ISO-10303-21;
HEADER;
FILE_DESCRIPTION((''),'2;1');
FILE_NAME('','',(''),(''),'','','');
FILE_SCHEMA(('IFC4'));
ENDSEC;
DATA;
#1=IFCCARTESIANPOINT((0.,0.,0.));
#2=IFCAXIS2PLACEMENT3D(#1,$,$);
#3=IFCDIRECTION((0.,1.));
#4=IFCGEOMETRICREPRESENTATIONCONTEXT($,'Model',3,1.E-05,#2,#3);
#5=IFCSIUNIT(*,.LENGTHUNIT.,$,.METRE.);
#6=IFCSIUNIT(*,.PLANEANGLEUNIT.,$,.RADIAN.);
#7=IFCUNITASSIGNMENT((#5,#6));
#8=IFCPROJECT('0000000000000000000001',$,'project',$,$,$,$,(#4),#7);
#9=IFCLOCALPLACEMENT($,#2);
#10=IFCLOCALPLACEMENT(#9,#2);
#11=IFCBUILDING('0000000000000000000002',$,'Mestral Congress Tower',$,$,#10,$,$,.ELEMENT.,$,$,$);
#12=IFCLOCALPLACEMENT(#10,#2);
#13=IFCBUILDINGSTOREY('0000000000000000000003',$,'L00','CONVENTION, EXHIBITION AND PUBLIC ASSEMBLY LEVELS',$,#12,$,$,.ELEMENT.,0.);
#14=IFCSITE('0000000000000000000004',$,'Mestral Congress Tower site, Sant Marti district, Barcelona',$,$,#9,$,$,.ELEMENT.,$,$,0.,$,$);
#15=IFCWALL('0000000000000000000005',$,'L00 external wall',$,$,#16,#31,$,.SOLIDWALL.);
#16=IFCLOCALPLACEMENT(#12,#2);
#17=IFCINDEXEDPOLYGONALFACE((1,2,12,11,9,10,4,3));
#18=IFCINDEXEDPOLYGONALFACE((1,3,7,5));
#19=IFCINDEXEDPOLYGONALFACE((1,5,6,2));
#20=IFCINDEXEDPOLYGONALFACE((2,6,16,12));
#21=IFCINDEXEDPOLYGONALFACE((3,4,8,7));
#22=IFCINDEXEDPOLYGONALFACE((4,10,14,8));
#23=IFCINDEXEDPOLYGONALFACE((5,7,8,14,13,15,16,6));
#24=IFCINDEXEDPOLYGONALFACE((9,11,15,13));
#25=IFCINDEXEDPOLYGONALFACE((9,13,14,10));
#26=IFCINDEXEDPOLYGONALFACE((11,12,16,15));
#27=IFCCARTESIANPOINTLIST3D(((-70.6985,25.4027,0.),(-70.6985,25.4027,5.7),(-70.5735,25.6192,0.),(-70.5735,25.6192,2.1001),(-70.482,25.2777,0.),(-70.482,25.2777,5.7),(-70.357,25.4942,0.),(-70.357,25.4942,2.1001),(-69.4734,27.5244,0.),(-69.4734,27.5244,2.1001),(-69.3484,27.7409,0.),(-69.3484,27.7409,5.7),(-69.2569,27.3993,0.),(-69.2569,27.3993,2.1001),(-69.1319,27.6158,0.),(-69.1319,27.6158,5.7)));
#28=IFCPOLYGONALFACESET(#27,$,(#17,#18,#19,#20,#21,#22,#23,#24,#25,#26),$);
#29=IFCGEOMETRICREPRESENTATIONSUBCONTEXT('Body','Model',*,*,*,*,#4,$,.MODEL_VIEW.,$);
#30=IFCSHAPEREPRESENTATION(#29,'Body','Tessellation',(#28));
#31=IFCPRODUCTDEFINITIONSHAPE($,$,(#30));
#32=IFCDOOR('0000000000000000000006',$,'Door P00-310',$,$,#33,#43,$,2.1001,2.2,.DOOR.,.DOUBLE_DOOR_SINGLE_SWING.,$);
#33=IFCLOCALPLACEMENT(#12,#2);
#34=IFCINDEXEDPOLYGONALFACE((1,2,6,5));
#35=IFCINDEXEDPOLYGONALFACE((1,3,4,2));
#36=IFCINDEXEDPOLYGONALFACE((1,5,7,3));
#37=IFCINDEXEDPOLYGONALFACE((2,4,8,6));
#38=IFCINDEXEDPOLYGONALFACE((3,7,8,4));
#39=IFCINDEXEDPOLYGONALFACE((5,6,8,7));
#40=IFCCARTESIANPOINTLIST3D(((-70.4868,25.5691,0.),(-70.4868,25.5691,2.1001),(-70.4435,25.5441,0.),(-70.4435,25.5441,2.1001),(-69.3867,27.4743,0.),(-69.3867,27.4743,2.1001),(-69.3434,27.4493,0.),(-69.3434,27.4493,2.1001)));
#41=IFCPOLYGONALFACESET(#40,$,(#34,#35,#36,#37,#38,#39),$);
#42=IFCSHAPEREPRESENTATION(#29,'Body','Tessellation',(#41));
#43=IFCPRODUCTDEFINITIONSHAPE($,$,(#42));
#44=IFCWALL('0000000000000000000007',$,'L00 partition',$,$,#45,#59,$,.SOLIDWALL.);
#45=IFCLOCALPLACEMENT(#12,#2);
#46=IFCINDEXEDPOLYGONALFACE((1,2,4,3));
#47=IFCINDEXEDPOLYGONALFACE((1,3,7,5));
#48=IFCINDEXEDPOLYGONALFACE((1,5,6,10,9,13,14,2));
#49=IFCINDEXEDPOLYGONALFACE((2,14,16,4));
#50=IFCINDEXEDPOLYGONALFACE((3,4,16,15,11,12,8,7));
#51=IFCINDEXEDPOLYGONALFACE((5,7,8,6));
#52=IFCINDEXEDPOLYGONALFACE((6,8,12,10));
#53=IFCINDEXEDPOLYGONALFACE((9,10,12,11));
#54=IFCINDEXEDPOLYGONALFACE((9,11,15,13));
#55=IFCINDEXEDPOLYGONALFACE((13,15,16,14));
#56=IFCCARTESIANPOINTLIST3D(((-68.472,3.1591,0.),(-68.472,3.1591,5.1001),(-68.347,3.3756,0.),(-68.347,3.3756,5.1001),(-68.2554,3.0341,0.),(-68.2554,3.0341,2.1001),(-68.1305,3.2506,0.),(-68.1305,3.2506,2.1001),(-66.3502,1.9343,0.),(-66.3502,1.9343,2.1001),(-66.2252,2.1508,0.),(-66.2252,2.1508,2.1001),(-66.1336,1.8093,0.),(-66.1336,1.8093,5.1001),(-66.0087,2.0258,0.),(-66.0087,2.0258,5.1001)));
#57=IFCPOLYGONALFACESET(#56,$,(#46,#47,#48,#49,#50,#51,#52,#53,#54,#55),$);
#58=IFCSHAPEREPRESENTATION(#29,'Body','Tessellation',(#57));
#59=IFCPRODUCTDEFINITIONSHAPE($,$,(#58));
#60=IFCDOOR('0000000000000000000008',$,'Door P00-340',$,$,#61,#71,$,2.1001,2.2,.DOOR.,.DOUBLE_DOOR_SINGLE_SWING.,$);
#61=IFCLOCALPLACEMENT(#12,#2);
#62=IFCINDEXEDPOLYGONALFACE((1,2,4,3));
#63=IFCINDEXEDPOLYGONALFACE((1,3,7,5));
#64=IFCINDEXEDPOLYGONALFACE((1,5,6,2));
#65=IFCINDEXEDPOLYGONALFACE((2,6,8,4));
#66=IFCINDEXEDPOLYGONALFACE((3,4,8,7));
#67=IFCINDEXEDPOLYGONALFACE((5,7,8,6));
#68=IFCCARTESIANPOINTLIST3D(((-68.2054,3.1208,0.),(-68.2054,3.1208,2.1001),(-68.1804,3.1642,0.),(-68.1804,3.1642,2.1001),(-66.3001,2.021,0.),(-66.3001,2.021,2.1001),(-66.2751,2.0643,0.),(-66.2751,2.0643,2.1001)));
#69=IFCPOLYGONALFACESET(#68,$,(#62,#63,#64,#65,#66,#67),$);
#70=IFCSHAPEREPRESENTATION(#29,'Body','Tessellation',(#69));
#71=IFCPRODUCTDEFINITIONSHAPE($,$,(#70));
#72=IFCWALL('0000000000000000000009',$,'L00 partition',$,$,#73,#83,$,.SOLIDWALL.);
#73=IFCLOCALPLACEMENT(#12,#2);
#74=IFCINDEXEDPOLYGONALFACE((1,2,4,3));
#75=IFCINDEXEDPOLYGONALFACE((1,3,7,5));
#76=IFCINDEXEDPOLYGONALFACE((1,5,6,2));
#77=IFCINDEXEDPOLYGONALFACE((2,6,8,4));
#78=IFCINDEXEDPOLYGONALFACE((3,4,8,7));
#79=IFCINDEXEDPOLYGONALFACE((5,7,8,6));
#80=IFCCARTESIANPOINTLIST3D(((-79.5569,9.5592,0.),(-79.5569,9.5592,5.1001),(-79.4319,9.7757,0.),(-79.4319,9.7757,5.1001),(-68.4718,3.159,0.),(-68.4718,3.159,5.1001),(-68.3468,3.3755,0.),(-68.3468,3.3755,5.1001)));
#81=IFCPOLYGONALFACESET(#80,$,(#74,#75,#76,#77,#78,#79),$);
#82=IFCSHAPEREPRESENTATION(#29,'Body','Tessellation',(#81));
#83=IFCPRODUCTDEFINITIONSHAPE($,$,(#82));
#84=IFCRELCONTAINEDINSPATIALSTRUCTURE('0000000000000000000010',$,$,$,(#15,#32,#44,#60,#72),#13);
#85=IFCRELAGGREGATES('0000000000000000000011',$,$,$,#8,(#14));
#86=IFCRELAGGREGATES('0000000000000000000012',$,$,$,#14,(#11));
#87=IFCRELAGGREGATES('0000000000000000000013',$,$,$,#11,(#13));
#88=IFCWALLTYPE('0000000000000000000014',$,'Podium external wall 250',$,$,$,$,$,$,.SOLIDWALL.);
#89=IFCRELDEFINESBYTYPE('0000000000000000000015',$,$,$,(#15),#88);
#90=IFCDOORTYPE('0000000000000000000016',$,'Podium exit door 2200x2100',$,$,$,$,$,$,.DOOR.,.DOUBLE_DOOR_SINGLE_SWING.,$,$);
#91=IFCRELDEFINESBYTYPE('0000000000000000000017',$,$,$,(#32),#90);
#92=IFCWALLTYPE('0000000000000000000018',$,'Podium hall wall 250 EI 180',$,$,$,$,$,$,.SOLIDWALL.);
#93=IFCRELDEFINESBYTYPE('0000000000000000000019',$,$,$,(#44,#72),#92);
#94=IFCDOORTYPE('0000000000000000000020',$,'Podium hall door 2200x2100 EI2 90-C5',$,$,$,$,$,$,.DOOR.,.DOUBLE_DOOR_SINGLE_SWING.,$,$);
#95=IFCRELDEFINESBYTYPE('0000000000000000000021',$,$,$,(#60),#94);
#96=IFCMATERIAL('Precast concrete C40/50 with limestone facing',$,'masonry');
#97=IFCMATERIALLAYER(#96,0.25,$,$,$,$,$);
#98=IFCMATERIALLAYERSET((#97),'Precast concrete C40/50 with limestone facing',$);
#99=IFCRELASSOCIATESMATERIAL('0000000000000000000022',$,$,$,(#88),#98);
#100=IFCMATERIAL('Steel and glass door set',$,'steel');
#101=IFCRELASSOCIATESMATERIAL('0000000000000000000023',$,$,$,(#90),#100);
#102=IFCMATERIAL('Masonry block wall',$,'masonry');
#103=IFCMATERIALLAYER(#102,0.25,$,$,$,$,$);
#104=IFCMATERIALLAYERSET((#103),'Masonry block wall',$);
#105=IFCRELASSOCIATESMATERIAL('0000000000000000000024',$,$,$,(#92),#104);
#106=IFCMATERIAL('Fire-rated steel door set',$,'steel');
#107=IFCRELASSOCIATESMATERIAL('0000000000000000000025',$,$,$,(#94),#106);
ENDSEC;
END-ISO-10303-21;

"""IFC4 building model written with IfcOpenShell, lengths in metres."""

from ifc_helpers import new_model, si_unit, direction, frame, frame_2d, origin, place, context, subcontext, project, spatial, rectangle, extrude, material, layer, layer_set, type_object, element, fill, save


model = new_model("IFC4")

# Units and contexts
model_context = context("Model", 3, precision=1e-05, world=origin(), true_north=direction((0.0, 1.0)))
body_context = subcontext(model_context, "Body", "Model", "MODEL_VIEW")
ifc_project = project(units=[si_unit("LENGTHUNIT", "METRE"), si_unit("PLANEANGLEUNIT", "RADIAN")], contexts=[model_context])

# Site, building, storey
site_placement = place(None, origin())
site = spatial("IfcSite", under=ifc_project, at=site_placement, Name="Mestral Congress Tower site, Sant Marti district, Barcelona", CompositionType="ELEMENT", RefElevation=0.0)
building_placement = place(site_placement, origin())
building = spatial("IfcBuilding", under=site, at=building_placement, Name="Mestral Congress Tower", CompositionType="ELEMENT")
storey_placement = place(building_placement, origin())
storey = spatial("IfcBuildingStorey", under=building, at=storey_placement, Name="L00", Description="CONVENTION, EXHIBITION AND PUBLIC ASSEMBLY LEVELS", CompositionType="ELEMENT", Elevation=0.0)

# Shared definitions
ifc_material_1 = material(Name="Precast concrete C40/50 with limestone facing", Category="masonry")
ifc_layer_1 = layer(ifc_material_1, 0.25)
ifc_layer_set_1 = layer_set([ifc_layer_1], Name="Precast concrete C40/50 with limestone facing")
wall_type_1 = type_object("IfcWallType", Name="Podium external wall 250", PredefinedType="SOLIDWALL", material=ifc_layer_set_1)

# Shared definitions
ifc_material_2 = material(Name="Steel and glass door set", Category="steel")
door_type_1 = type_object("IfcDoorType", Name="Podium exit door 2200x2100", OperationType="DOUBLE_DOOR_SINGLE_SWING", PredefinedType="DOOR", material=ifc_material_2)

# Walls, openings, doors
wall_1_placement = place(storey_placement, frame((-70.5903, 25.3401, 0.0), z_axis=(0.0, 0.0, 1.0), x_axis=(0.500049, 0.865997, 0.0)))
wall_1 = element("IfcWall", 1, at=wall_1_placement, inside=storey, type_object=wall_type_1, Name="L00 external wall", PredefinedType="SOLIDWALL", context=body_context, shape_type="SweptSolid", body=[
    extrude(rectangle(XDim=2.7, YDim=0.25, at=frame_2d((1.3501, 0.0))), origin(), (0.0, 0.0, 1.0), 5.7),
])
opening_1_placement = place(wall_1_placement, frame((0.25, 0.0, 0.0)))
opening_1 = element("IfcOpeningElement", 2, at=opening_1_placement, cuts=wall_1, PredefinedType="OPENING", context=body_context, shape_type="SweptSolid", body=[
    extrude(rectangle(XDim=2.2, YDim=2.1001, at=frame_2d((1.1001, 1.05))), frame((0.0, 0.135, 0.0), z_axis=(0.0, -1.0, 0.0), x_axis=(1.0, 0.0, 0.0)), (0.0, 0.0, 1.0), 0.27),
])
door_1_placement = place(opening_1_placement, origin())
door_1 = element("IfcDoor", 3, at=door_1_placement, inside=storey, type_object=door_type_1, Name="Door P00-310", OperationType="DOUBLE_DOOR_SINGLE_SWING", OverallHeight=2.1001, OverallWidth=2.2, PredefinedType="DOOR", context=body_context, shape_type="SweptSolid", body=[
    extrude(rectangle(XDim=2.2, YDim=2.1001, at=frame_2d((1.1001, 1.05))), frame((0.0, 0.0249, 0.0), z_axis=(0.0, -1.0, 0.0), x_axis=(1.0, 0.0, 0.0)), (0.0, 0.0, 1.0), 0.05),
])
fill(opening_1, door_1)
ifc_material_3 = material(Name="Masonry block wall", Category="masonry")
ifc_layer_2 = layer(ifc_material_3, 0.25)
ifc_layer_set_2 = layer_set([ifc_layer_2], Name="Masonry block wall")
wall_type_2 = type_object("IfcWallType", Name="Podium hall wall 250 EI 180", PredefinedType="SOLIDWALL", material=ifc_layer_set_2)
wall_2_placement = place(storey_placement, frame((-66.071, 1.9175, 0.0), z_axis=(0.0, 0.0, 1.0), x_axis=(-0.866059, 0.499942, 0.0)))
wall_2 = element("IfcWall", 4, at=wall_2_placement, inside=storey, type_object=wall_type_2, Name="L00 partition", PredefinedType="SOLIDWALL", context=body_context, shape_type="SweptSolid", body=[
    extrude(rectangle(XDim=2.7, YDim=0.25, at=frame_2d((1.3501, 0.0))), origin(), (0.0, 0.0, 1.0), 5.1001),
])
opening_2_placement = place(wall_2_placement, frame((0.25, 0.0, 0.0)))
opening_2 = element("IfcOpeningElement", 5, at=opening_2_placement, cuts=wall_2, PredefinedType="OPENING", context=body_context, shape_type="SweptSolid", body=[
    extrude(rectangle(XDim=2.2, YDim=2.1001, at=frame_2d((1.1001, 1.05))), frame((0.0, 0.135, 0.0), z_axis=(0.0, -1.0, 0.0), x_axis=(1.0, 0.0, 0.0)), (0.0, 0.0, 1.0), 0.27),
])
ifc_material_4 = material(Name="Fire-rated steel door set", Category="steel")
door_type_2 = type_object("IfcDoorType", Name="Podium hall door 2200x2100 EI2 90-C5", OperationType="DOUBLE_DOOR_SINGLE_SWING", PredefinedType="DOOR", material=ifc_material_4)
door_2_placement = place(opening_2_placement, origin())
door_2 = element("IfcDoor", 6, at=door_2_placement, inside=storey, type_object=door_type_2, Name="Door P00-340", OperationType="DOUBLE_DOOR_SINGLE_SWING", OverallHeight=2.1001, OverallWidth=2.2, PredefinedType="DOOR", context=body_context, shape_type="SweptSolid", body=[
    extrude(rectangle(XDim=2.2, YDim=2.1001, at=frame_2d((1.1001, 1.05))), frame((0.0, 0.0249, 0.0), z_axis=(0.0, -1.0, 0.0), x_axis=(1.0, 0.0, 0.0)), (0.0, 0.0, 1.0), 0.05),
])
fill(opening_2, door_2)

# Wall
wall_3_placement = place(storey_placement, frame((-68.4094, 3.2673, 0.0), z_axis=(0.0, 0.0, 1.0), x_axis=(-0.866017, 0.500014, 0.0)))
element("IfcWall", 7, at=wall_3_placement, inside=storey, type_object=wall_type_2, Name="L00 partition", PredefinedType="SOLIDWALL", context=body_context, shape_type="SweptSolid", body=[
    extrude(rectangle(XDim=12.8, YDim=0.25, at=frame_2d((6.3999, 0.0))), origin(), (0.0, 0.0, 1.0), 5.1001),
])

save(model, "model.ifc")
